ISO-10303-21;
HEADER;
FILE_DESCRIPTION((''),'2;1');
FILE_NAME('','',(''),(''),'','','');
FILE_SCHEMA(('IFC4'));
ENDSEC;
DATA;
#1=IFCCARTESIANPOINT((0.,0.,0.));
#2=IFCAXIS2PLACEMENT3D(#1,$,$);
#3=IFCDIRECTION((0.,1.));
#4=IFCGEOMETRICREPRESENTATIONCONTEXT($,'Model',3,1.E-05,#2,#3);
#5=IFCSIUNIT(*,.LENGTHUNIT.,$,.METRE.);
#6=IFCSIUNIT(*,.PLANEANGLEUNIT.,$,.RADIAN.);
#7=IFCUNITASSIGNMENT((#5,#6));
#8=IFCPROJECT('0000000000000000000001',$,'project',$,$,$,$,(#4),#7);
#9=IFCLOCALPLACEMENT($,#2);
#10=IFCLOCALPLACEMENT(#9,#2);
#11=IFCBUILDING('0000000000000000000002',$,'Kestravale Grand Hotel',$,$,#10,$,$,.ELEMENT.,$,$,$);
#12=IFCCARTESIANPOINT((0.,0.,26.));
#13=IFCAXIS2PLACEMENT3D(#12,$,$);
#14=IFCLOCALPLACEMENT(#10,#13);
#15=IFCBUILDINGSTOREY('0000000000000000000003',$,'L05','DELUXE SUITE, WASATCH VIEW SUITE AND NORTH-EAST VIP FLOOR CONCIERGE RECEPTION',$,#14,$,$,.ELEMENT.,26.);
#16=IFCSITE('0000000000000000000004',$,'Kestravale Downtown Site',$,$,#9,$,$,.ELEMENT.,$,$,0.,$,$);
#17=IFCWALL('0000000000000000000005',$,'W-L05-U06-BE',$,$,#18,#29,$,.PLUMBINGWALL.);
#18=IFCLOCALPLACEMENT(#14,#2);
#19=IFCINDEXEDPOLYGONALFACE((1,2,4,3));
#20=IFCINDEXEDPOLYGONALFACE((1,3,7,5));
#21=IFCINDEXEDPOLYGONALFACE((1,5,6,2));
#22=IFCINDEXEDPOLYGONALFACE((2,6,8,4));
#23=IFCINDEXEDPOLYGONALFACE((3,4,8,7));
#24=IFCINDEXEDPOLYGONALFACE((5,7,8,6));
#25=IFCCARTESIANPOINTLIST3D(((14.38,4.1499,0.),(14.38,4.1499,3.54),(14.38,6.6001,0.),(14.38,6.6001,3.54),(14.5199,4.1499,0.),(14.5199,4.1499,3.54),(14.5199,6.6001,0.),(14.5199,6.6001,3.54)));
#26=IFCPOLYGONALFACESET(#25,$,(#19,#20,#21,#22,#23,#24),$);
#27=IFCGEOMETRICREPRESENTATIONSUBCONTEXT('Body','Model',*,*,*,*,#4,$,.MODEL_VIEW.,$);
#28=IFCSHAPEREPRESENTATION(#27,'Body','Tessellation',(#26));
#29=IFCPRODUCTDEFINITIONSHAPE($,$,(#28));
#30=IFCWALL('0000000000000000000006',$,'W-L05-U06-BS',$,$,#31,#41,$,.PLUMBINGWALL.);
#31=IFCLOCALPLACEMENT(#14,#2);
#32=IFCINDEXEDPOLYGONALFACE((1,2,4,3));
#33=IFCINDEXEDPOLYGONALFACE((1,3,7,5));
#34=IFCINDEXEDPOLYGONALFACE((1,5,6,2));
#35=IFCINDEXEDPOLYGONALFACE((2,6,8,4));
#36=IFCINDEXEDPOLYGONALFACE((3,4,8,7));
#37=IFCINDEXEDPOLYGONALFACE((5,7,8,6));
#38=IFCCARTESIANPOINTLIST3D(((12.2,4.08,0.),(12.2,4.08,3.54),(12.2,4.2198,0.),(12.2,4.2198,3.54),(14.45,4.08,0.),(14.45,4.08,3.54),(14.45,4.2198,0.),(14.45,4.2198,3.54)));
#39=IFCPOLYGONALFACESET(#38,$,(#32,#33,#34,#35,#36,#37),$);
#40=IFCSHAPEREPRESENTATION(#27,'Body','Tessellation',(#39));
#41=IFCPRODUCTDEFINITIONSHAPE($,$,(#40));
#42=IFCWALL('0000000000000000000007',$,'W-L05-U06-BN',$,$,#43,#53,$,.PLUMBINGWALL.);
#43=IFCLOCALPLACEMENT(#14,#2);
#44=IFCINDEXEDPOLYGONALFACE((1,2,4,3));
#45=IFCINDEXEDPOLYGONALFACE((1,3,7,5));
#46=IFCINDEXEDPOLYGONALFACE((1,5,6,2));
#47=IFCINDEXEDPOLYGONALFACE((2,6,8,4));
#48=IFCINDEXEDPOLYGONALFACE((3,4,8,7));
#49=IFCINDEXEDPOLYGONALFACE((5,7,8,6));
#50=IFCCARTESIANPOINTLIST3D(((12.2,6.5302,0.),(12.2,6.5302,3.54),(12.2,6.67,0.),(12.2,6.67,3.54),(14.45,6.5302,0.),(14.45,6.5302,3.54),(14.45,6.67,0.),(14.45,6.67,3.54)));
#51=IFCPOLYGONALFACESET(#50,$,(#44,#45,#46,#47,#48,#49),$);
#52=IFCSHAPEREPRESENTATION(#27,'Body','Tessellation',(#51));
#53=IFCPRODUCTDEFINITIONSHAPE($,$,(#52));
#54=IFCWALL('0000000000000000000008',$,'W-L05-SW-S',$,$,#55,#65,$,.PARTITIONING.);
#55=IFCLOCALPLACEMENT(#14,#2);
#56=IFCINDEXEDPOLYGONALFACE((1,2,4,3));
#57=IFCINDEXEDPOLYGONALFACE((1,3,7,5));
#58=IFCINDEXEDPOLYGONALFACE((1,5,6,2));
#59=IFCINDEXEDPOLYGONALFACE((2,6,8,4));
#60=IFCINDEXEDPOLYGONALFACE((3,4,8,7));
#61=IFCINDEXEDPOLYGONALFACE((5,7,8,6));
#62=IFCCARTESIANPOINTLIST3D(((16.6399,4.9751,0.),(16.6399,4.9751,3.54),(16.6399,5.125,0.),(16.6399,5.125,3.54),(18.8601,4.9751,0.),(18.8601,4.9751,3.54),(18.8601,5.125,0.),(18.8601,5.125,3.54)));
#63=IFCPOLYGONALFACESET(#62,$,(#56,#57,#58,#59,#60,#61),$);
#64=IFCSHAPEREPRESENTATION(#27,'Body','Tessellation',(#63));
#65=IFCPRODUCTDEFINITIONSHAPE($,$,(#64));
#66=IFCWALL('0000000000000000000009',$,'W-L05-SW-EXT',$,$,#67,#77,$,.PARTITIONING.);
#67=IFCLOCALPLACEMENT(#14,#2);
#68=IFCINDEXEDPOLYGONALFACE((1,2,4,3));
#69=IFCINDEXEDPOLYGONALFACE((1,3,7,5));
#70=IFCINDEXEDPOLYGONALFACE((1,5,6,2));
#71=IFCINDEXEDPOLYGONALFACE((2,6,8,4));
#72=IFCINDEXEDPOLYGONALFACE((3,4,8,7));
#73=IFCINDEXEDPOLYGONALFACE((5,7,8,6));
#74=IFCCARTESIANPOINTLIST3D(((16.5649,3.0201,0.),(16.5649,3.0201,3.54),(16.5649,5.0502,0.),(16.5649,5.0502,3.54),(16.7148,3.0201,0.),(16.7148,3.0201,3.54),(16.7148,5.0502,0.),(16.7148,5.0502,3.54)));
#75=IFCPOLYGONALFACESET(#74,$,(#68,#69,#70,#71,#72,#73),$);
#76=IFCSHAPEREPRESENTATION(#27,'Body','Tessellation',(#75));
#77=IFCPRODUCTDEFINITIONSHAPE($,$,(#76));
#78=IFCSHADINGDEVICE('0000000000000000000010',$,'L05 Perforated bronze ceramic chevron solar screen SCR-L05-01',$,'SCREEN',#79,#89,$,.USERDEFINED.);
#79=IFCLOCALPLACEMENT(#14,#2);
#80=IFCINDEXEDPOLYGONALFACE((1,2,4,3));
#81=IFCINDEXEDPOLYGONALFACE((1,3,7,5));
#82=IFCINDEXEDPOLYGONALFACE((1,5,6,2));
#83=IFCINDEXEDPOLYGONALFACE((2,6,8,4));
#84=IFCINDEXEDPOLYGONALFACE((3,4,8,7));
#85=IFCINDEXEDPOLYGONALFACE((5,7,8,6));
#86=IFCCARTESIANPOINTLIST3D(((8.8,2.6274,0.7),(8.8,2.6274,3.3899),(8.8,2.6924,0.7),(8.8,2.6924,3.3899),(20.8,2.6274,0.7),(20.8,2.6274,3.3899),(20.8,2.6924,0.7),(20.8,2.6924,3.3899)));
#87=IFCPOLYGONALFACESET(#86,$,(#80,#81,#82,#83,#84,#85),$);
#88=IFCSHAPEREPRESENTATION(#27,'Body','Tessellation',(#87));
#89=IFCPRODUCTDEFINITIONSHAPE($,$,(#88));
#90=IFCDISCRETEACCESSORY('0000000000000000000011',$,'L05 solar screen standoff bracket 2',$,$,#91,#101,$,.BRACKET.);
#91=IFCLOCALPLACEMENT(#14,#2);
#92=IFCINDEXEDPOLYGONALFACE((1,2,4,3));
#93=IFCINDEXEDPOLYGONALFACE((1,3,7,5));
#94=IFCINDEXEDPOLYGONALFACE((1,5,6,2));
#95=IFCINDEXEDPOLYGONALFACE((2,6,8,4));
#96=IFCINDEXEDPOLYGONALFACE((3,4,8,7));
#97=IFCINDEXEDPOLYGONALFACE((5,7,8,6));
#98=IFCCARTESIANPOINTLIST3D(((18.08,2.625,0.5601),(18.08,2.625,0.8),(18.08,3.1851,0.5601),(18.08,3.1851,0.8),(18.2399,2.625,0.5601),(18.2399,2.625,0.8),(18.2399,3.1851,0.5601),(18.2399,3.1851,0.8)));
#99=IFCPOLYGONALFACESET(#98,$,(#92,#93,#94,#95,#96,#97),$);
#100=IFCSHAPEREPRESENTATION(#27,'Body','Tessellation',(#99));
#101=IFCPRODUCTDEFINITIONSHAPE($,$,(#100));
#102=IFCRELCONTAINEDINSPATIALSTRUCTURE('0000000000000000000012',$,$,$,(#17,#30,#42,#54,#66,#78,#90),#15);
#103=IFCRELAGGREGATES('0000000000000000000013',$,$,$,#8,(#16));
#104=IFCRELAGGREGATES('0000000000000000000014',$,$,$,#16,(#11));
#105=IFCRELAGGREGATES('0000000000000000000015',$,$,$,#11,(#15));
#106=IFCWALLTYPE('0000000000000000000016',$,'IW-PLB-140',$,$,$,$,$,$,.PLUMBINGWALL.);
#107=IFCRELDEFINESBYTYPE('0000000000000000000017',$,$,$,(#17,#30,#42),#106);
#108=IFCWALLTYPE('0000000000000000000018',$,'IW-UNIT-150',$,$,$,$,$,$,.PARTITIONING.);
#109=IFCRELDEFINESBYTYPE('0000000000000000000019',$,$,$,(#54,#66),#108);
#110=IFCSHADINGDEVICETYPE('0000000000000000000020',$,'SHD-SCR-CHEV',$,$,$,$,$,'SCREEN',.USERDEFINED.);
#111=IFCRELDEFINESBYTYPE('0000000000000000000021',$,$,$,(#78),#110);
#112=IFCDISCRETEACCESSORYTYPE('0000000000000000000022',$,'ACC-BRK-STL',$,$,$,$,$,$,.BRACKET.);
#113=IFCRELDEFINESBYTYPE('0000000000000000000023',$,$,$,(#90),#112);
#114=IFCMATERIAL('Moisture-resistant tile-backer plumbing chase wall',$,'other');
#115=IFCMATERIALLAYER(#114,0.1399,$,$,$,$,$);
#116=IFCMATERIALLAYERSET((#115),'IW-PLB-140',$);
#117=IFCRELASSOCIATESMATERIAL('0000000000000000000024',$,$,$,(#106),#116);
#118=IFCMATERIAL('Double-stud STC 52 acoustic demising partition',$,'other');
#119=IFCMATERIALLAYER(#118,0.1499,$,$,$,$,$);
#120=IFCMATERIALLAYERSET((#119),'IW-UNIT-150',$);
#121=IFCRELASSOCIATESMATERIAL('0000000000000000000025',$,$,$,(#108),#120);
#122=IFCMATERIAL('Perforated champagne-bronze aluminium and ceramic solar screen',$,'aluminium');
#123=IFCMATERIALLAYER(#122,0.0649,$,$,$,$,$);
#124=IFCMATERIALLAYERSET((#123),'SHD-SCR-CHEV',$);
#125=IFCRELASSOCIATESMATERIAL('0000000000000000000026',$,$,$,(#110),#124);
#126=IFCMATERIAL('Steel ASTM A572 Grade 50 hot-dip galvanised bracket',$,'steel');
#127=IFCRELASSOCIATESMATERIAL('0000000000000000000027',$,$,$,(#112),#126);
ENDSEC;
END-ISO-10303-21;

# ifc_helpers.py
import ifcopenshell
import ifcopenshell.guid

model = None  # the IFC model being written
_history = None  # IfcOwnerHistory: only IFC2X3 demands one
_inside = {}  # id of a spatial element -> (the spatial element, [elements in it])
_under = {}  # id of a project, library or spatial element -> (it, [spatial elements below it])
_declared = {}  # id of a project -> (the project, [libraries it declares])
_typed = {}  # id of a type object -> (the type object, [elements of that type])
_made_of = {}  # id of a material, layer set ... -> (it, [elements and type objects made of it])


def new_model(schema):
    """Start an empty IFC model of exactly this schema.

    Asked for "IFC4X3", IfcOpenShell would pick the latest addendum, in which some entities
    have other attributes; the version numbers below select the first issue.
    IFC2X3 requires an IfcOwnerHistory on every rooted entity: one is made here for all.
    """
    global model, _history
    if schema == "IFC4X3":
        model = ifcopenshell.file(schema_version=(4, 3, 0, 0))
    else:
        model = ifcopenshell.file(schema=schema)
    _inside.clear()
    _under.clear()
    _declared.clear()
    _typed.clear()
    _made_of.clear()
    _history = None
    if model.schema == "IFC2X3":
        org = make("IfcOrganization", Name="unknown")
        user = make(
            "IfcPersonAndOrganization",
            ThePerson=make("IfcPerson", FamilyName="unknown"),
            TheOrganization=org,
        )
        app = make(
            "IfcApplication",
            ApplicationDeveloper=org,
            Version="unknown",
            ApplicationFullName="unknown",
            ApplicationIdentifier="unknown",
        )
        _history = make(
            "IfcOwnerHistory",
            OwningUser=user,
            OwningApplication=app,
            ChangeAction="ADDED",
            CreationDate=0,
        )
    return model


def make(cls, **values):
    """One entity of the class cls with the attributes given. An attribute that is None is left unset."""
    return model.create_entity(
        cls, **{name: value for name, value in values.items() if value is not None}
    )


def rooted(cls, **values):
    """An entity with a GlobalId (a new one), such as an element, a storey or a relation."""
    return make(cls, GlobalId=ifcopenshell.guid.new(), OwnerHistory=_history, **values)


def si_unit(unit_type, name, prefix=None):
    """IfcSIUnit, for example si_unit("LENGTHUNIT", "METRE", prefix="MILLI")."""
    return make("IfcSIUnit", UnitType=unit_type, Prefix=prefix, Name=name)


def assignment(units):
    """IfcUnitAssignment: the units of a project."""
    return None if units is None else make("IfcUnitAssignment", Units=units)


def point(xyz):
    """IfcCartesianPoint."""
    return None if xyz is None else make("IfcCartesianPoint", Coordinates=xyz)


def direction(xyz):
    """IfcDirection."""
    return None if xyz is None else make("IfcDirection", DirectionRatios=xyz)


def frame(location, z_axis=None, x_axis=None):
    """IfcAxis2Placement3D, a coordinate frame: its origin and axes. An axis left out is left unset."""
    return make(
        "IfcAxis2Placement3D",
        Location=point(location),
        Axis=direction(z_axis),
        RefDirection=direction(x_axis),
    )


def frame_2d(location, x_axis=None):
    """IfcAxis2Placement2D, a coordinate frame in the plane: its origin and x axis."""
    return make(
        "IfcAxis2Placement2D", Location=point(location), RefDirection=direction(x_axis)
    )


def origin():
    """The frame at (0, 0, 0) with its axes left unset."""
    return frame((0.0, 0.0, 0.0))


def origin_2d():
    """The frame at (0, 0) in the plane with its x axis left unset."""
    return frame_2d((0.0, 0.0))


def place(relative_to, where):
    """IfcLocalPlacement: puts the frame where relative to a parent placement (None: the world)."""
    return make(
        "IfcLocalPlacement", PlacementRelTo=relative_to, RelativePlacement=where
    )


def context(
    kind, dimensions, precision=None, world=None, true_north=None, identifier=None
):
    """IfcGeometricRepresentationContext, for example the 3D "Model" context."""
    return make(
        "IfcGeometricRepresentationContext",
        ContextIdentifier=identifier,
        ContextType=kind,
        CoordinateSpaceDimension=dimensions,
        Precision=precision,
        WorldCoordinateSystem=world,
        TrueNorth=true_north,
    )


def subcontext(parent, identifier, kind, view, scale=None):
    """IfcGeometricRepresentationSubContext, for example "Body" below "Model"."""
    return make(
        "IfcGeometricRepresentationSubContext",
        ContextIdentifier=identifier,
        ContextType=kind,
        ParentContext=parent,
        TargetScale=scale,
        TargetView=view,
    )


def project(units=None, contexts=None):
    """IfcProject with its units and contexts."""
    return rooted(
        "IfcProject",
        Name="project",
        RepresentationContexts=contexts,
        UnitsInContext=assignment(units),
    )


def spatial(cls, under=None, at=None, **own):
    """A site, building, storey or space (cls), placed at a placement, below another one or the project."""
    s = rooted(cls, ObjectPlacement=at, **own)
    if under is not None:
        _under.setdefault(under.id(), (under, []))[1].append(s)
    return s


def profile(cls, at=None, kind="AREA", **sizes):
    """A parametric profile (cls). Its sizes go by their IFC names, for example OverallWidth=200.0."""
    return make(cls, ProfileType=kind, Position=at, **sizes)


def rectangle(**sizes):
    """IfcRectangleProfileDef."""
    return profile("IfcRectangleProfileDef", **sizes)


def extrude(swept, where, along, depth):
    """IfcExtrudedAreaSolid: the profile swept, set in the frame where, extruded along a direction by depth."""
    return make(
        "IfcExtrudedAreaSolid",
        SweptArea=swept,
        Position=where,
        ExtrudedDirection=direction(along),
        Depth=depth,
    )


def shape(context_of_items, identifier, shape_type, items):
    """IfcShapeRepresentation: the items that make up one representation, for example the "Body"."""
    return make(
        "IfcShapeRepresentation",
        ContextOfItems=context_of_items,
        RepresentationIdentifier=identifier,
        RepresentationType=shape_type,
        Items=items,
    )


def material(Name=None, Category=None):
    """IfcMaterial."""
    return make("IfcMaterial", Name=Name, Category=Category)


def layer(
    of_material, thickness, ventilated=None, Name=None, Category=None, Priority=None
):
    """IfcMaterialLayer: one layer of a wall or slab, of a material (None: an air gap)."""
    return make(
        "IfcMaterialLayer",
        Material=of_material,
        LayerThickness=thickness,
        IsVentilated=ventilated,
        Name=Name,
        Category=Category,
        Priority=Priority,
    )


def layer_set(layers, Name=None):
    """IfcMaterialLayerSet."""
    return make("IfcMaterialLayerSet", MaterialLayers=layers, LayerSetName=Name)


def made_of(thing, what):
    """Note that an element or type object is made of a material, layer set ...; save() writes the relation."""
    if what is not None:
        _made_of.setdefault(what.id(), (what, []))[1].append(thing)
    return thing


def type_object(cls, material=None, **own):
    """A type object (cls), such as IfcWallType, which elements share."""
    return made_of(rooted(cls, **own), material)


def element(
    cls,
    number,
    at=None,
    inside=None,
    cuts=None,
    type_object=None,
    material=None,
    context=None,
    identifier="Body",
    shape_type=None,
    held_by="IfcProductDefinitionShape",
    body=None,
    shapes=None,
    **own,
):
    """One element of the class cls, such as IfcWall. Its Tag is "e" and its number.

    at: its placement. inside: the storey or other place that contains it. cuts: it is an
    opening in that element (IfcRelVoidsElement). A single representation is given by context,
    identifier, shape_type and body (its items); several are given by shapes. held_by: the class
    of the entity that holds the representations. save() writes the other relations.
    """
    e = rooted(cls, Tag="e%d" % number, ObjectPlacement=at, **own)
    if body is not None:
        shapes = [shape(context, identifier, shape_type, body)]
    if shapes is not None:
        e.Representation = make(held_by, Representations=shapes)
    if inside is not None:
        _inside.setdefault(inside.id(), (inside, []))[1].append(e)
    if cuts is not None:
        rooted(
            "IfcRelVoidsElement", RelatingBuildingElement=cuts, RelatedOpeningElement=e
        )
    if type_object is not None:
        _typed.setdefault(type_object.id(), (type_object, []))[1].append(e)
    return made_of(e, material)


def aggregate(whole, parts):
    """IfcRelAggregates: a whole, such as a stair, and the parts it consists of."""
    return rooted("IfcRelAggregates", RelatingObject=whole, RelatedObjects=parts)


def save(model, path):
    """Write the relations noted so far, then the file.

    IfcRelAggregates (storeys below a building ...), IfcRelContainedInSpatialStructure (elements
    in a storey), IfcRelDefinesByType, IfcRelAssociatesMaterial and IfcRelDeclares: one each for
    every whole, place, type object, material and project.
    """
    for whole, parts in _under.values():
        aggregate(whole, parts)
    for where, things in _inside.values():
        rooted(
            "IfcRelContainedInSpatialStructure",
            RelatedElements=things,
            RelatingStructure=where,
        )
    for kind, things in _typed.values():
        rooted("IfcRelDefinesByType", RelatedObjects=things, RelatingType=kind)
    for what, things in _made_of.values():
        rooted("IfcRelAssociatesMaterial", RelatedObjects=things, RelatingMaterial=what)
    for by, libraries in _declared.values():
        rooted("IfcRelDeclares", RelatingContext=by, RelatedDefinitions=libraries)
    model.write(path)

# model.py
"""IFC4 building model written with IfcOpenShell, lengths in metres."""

from ifc_helpers import new_model, si_unit, direction, frame, frame_2d, origin, origin_2d, place, context, subcontext, project, spatial, rectangle, extrude, material, layer, layer_set, type_object, element, save


model = new_model("IFC4")

# Units and contexts
model_context = context("Model", 3, precision=1e-05, world=origin(), true_north=direction((0.0, 1.0)))
body_context = subcontext(model_context, "Body", "Model", "MODEL_VIEW")
ifc_project = project(units=[si_unit("LENGTHUNIT", "METRE"), si_unit("PLANEANGLEUNIT", "RADIAN")], contexts=[model_context])

# Site, building, storey
site_placement = place(None, origin())
site = spatial("IfcSite", under=ifc_project, at=site_placement, Name="Kestravale Downtown Site", CompositionType="ELEMENT", RefElevation=0.0)
building_placement = place(site_placement, origin())
building = spatial("IfcBuilding", under=site, at=building_placement, Name="Kestravale Grand Hotel", CompositionType="ELEMENT")
storey_placement = place(building_placement, frame((0.0, 0.0, 26.0)))
storey = spatial("IfcBuildingStorey", under=building, at=storey_placement, Name="L05", Description="DELUXE SUITE, WASATCH VIEW SUITE AND NORTH-EAST VIP FLOOR CONCIERGE RECEPTION", CompositionType="ELEMENT", Elevation=26.0)

# Shared definitions
ifc_material_1 = material(Name="Moisture-resistant tile-backer plumbing chase wall", Category="other")
ifc_layer_1 = layer(ifc_material_1, 0.1399)
ifc_layer_set_1 = layer_set([ifc_layer_1], Name="IW-PLB-140")
wall_type_1 = type_object("IfcWallType", Name="IW-PLB-140", PredefinedType="PLUMBINGWALL", material=ifc_layer_set_1)

# Walls
wall_1_placement = place(storey_placement, frame((14.45, 4.1499, 0.0), z_axis=(0.0, 0.0, 1.0), x_axis=(0.0, 1.0, 0.0)))
element("IfcWall", 1, at=wall_1_placement, inside=storey, type_object=wall_type_1, Name="W-L05-U06-BE", PredefinedType="PLUMBINGWALL", context=body_context, shape_type="SweptSolid", body=[
    extrude(rectangle(XDim=2.4502, YDim=0.1399, at=frame_2d((1.2251, 0.0))), origin(), (0.0, 0.0, 1.0), 3.54),
])
for number, where, z_axis, x_axis, name in (
    (2, (12.2, 4.1499, 0.0), (0.0, 0.0, 1.0), (1.0, 0.0, 0.0), "W-L05-U06-BS"),
    (3, (12.2, 6.6001, 0.0), (0.0, 0.0, 1.0), (1.0, 0.0, 0.0), "W-L05-U06-BN"),
):
    element("IfcWall", number, at=place(storey_placement, frame(where, z_axis=z_axis, x_axis=x_axis)), inside=storey, type_object=wall_type_1, Name=name, PredefinedType="PLUMBINGWALL", context=body_context, shape_type="SweptSolid", body=[
        extrude(rectangle(XDim=2.25, YDim=0.1399, at=frame_2d((1.125, 0.0))), origin(), (0.0, 0.0, 1.0), 3.54),
    ])
ifc_material_2 = material(Name="Double-stud STC 52 acoustic demising partition", Category="other")
ifc_layer_2 = layer(ifc_material_2, 0.1499)
ifc_layer_set_2 = layer_set([ifc_layer_2], Name="IW-UNIT-150")
wall_type_2 = type_object("IfcWallType", Name="IW-UNIT-150", PredefinedType="PARTITIONING", material=ifc_layer_set_2)
wall_2_placement = place(storey_placement, frame((16.6399, 5.05, 0.0), z_axis=(0.0, 0.0, 1.0), x_axis=(1.0, 0.0, 0.0)))
element("IfcWall", 4, at=wall_2_placement, inside=storey, type_object=wall_type_2, Name="W-L05-SW-S", PredefinedType="PARTITIONING", context=body_context, shape_type="SweptSolid", body=[
    extrude(rectangle(XDim=2.2202, YDim=0.1499, at=frame_2d((1.1101, 0.0))), origin(), (0.0, 0.0, 1.0), 3.54),
])
wall_3_placement = place(storey_placement, frame((16.6399, 3.02, 0.0), z_axis=(0.0, 0.0, 1.0), x_axis=(0.0, 1.0, 0.0)))
element("IfcWall", 5, at=wall_3_placement, inside=storey, type_object=wall_type_2, Name="W-L05-SW-EXT", PredefinedType="PARTITIONING", context=body_context, shape_type="SweptSolid", body=[
    extrude(rectangle(XDim=2.03, YDim=0.1499, at=frame_2d((1.0151, 0.0))), origin(), (0.0, 0.0, 1.0), 3.54),
])

# Shading device
ifc_material_3 = material(Name="Perforated champagne-bronze aluminium and ceramic solar screen", Category="aluminium")
ifc_layer_3 = layer(ifc_material_3, 0.0649)
ifc_layer_set_3 = layer_set([ifc_layer_3], Name="SHD-SCR-CHEV")
shading_device_type = type_object("IfcShadingDeviceType", Name="SHD-SCR-CHEV", ElementType="SCREEN", PredefinedType="USERDEFINED", material=ifc_layer_set_3)
shading_device_placement = place(storey_placement, frame((14.8, 2.6599, 0.7), z_axis=(0.0, 0.0, 1.0), x_axis=(1.0, 0.0, 0.0)))
element("IfcShadingDevice", 6, at=shading_device_placement, inside=storey, type_object=shading_device_type, Name="L05 Perforated bronze ceramic chevron solar screen SCR-L05-01", ObjectType="SCREEN", PredefinedType="USERDEFINED", context=body_context, shape_type="SweptSolid", body=[
    extrude(rectangle(XDim=12.0, YDim=0.0649, at=origin_2d()), origin(), (0.0, 0.0, 1.0), 2.6899),
])

# Discrete accessory
ifc_material_4 = material(Name="Steel ASTM A572 Grade 50 hot-dip galvanised bracket", Category="steel")
discrete_accessory_type = type_object("IfcDiscreteAccessoryType", Name="ACC-BRK-STL", PredefinedType="BRACKET", material=ifc_material_4)
discrete_accessory_placement = place(storey_placement, frame((18.1599, 2.905, 0.5601), z_axis=(0.0, 0.0, 1.0), x_axis=(1.0, 0.0, 0.0)))
element("IfcDiscreteAccessory", 7, at=discrete_accessory_placement, inside=storey, type_object=discrete_accessory_type, Name="L05 solar screen standoff bracket 2", PredefinedType="BRACKET", context=body_context, shape_type="SweptSolid", body=[
    extrude(rectangle(XDim=0.1599, YDim=0.5601, at=origin_2d()), origin(), (0.0, 0.0, 1.0), 0.24),
])

save(model, "model.ifc")
